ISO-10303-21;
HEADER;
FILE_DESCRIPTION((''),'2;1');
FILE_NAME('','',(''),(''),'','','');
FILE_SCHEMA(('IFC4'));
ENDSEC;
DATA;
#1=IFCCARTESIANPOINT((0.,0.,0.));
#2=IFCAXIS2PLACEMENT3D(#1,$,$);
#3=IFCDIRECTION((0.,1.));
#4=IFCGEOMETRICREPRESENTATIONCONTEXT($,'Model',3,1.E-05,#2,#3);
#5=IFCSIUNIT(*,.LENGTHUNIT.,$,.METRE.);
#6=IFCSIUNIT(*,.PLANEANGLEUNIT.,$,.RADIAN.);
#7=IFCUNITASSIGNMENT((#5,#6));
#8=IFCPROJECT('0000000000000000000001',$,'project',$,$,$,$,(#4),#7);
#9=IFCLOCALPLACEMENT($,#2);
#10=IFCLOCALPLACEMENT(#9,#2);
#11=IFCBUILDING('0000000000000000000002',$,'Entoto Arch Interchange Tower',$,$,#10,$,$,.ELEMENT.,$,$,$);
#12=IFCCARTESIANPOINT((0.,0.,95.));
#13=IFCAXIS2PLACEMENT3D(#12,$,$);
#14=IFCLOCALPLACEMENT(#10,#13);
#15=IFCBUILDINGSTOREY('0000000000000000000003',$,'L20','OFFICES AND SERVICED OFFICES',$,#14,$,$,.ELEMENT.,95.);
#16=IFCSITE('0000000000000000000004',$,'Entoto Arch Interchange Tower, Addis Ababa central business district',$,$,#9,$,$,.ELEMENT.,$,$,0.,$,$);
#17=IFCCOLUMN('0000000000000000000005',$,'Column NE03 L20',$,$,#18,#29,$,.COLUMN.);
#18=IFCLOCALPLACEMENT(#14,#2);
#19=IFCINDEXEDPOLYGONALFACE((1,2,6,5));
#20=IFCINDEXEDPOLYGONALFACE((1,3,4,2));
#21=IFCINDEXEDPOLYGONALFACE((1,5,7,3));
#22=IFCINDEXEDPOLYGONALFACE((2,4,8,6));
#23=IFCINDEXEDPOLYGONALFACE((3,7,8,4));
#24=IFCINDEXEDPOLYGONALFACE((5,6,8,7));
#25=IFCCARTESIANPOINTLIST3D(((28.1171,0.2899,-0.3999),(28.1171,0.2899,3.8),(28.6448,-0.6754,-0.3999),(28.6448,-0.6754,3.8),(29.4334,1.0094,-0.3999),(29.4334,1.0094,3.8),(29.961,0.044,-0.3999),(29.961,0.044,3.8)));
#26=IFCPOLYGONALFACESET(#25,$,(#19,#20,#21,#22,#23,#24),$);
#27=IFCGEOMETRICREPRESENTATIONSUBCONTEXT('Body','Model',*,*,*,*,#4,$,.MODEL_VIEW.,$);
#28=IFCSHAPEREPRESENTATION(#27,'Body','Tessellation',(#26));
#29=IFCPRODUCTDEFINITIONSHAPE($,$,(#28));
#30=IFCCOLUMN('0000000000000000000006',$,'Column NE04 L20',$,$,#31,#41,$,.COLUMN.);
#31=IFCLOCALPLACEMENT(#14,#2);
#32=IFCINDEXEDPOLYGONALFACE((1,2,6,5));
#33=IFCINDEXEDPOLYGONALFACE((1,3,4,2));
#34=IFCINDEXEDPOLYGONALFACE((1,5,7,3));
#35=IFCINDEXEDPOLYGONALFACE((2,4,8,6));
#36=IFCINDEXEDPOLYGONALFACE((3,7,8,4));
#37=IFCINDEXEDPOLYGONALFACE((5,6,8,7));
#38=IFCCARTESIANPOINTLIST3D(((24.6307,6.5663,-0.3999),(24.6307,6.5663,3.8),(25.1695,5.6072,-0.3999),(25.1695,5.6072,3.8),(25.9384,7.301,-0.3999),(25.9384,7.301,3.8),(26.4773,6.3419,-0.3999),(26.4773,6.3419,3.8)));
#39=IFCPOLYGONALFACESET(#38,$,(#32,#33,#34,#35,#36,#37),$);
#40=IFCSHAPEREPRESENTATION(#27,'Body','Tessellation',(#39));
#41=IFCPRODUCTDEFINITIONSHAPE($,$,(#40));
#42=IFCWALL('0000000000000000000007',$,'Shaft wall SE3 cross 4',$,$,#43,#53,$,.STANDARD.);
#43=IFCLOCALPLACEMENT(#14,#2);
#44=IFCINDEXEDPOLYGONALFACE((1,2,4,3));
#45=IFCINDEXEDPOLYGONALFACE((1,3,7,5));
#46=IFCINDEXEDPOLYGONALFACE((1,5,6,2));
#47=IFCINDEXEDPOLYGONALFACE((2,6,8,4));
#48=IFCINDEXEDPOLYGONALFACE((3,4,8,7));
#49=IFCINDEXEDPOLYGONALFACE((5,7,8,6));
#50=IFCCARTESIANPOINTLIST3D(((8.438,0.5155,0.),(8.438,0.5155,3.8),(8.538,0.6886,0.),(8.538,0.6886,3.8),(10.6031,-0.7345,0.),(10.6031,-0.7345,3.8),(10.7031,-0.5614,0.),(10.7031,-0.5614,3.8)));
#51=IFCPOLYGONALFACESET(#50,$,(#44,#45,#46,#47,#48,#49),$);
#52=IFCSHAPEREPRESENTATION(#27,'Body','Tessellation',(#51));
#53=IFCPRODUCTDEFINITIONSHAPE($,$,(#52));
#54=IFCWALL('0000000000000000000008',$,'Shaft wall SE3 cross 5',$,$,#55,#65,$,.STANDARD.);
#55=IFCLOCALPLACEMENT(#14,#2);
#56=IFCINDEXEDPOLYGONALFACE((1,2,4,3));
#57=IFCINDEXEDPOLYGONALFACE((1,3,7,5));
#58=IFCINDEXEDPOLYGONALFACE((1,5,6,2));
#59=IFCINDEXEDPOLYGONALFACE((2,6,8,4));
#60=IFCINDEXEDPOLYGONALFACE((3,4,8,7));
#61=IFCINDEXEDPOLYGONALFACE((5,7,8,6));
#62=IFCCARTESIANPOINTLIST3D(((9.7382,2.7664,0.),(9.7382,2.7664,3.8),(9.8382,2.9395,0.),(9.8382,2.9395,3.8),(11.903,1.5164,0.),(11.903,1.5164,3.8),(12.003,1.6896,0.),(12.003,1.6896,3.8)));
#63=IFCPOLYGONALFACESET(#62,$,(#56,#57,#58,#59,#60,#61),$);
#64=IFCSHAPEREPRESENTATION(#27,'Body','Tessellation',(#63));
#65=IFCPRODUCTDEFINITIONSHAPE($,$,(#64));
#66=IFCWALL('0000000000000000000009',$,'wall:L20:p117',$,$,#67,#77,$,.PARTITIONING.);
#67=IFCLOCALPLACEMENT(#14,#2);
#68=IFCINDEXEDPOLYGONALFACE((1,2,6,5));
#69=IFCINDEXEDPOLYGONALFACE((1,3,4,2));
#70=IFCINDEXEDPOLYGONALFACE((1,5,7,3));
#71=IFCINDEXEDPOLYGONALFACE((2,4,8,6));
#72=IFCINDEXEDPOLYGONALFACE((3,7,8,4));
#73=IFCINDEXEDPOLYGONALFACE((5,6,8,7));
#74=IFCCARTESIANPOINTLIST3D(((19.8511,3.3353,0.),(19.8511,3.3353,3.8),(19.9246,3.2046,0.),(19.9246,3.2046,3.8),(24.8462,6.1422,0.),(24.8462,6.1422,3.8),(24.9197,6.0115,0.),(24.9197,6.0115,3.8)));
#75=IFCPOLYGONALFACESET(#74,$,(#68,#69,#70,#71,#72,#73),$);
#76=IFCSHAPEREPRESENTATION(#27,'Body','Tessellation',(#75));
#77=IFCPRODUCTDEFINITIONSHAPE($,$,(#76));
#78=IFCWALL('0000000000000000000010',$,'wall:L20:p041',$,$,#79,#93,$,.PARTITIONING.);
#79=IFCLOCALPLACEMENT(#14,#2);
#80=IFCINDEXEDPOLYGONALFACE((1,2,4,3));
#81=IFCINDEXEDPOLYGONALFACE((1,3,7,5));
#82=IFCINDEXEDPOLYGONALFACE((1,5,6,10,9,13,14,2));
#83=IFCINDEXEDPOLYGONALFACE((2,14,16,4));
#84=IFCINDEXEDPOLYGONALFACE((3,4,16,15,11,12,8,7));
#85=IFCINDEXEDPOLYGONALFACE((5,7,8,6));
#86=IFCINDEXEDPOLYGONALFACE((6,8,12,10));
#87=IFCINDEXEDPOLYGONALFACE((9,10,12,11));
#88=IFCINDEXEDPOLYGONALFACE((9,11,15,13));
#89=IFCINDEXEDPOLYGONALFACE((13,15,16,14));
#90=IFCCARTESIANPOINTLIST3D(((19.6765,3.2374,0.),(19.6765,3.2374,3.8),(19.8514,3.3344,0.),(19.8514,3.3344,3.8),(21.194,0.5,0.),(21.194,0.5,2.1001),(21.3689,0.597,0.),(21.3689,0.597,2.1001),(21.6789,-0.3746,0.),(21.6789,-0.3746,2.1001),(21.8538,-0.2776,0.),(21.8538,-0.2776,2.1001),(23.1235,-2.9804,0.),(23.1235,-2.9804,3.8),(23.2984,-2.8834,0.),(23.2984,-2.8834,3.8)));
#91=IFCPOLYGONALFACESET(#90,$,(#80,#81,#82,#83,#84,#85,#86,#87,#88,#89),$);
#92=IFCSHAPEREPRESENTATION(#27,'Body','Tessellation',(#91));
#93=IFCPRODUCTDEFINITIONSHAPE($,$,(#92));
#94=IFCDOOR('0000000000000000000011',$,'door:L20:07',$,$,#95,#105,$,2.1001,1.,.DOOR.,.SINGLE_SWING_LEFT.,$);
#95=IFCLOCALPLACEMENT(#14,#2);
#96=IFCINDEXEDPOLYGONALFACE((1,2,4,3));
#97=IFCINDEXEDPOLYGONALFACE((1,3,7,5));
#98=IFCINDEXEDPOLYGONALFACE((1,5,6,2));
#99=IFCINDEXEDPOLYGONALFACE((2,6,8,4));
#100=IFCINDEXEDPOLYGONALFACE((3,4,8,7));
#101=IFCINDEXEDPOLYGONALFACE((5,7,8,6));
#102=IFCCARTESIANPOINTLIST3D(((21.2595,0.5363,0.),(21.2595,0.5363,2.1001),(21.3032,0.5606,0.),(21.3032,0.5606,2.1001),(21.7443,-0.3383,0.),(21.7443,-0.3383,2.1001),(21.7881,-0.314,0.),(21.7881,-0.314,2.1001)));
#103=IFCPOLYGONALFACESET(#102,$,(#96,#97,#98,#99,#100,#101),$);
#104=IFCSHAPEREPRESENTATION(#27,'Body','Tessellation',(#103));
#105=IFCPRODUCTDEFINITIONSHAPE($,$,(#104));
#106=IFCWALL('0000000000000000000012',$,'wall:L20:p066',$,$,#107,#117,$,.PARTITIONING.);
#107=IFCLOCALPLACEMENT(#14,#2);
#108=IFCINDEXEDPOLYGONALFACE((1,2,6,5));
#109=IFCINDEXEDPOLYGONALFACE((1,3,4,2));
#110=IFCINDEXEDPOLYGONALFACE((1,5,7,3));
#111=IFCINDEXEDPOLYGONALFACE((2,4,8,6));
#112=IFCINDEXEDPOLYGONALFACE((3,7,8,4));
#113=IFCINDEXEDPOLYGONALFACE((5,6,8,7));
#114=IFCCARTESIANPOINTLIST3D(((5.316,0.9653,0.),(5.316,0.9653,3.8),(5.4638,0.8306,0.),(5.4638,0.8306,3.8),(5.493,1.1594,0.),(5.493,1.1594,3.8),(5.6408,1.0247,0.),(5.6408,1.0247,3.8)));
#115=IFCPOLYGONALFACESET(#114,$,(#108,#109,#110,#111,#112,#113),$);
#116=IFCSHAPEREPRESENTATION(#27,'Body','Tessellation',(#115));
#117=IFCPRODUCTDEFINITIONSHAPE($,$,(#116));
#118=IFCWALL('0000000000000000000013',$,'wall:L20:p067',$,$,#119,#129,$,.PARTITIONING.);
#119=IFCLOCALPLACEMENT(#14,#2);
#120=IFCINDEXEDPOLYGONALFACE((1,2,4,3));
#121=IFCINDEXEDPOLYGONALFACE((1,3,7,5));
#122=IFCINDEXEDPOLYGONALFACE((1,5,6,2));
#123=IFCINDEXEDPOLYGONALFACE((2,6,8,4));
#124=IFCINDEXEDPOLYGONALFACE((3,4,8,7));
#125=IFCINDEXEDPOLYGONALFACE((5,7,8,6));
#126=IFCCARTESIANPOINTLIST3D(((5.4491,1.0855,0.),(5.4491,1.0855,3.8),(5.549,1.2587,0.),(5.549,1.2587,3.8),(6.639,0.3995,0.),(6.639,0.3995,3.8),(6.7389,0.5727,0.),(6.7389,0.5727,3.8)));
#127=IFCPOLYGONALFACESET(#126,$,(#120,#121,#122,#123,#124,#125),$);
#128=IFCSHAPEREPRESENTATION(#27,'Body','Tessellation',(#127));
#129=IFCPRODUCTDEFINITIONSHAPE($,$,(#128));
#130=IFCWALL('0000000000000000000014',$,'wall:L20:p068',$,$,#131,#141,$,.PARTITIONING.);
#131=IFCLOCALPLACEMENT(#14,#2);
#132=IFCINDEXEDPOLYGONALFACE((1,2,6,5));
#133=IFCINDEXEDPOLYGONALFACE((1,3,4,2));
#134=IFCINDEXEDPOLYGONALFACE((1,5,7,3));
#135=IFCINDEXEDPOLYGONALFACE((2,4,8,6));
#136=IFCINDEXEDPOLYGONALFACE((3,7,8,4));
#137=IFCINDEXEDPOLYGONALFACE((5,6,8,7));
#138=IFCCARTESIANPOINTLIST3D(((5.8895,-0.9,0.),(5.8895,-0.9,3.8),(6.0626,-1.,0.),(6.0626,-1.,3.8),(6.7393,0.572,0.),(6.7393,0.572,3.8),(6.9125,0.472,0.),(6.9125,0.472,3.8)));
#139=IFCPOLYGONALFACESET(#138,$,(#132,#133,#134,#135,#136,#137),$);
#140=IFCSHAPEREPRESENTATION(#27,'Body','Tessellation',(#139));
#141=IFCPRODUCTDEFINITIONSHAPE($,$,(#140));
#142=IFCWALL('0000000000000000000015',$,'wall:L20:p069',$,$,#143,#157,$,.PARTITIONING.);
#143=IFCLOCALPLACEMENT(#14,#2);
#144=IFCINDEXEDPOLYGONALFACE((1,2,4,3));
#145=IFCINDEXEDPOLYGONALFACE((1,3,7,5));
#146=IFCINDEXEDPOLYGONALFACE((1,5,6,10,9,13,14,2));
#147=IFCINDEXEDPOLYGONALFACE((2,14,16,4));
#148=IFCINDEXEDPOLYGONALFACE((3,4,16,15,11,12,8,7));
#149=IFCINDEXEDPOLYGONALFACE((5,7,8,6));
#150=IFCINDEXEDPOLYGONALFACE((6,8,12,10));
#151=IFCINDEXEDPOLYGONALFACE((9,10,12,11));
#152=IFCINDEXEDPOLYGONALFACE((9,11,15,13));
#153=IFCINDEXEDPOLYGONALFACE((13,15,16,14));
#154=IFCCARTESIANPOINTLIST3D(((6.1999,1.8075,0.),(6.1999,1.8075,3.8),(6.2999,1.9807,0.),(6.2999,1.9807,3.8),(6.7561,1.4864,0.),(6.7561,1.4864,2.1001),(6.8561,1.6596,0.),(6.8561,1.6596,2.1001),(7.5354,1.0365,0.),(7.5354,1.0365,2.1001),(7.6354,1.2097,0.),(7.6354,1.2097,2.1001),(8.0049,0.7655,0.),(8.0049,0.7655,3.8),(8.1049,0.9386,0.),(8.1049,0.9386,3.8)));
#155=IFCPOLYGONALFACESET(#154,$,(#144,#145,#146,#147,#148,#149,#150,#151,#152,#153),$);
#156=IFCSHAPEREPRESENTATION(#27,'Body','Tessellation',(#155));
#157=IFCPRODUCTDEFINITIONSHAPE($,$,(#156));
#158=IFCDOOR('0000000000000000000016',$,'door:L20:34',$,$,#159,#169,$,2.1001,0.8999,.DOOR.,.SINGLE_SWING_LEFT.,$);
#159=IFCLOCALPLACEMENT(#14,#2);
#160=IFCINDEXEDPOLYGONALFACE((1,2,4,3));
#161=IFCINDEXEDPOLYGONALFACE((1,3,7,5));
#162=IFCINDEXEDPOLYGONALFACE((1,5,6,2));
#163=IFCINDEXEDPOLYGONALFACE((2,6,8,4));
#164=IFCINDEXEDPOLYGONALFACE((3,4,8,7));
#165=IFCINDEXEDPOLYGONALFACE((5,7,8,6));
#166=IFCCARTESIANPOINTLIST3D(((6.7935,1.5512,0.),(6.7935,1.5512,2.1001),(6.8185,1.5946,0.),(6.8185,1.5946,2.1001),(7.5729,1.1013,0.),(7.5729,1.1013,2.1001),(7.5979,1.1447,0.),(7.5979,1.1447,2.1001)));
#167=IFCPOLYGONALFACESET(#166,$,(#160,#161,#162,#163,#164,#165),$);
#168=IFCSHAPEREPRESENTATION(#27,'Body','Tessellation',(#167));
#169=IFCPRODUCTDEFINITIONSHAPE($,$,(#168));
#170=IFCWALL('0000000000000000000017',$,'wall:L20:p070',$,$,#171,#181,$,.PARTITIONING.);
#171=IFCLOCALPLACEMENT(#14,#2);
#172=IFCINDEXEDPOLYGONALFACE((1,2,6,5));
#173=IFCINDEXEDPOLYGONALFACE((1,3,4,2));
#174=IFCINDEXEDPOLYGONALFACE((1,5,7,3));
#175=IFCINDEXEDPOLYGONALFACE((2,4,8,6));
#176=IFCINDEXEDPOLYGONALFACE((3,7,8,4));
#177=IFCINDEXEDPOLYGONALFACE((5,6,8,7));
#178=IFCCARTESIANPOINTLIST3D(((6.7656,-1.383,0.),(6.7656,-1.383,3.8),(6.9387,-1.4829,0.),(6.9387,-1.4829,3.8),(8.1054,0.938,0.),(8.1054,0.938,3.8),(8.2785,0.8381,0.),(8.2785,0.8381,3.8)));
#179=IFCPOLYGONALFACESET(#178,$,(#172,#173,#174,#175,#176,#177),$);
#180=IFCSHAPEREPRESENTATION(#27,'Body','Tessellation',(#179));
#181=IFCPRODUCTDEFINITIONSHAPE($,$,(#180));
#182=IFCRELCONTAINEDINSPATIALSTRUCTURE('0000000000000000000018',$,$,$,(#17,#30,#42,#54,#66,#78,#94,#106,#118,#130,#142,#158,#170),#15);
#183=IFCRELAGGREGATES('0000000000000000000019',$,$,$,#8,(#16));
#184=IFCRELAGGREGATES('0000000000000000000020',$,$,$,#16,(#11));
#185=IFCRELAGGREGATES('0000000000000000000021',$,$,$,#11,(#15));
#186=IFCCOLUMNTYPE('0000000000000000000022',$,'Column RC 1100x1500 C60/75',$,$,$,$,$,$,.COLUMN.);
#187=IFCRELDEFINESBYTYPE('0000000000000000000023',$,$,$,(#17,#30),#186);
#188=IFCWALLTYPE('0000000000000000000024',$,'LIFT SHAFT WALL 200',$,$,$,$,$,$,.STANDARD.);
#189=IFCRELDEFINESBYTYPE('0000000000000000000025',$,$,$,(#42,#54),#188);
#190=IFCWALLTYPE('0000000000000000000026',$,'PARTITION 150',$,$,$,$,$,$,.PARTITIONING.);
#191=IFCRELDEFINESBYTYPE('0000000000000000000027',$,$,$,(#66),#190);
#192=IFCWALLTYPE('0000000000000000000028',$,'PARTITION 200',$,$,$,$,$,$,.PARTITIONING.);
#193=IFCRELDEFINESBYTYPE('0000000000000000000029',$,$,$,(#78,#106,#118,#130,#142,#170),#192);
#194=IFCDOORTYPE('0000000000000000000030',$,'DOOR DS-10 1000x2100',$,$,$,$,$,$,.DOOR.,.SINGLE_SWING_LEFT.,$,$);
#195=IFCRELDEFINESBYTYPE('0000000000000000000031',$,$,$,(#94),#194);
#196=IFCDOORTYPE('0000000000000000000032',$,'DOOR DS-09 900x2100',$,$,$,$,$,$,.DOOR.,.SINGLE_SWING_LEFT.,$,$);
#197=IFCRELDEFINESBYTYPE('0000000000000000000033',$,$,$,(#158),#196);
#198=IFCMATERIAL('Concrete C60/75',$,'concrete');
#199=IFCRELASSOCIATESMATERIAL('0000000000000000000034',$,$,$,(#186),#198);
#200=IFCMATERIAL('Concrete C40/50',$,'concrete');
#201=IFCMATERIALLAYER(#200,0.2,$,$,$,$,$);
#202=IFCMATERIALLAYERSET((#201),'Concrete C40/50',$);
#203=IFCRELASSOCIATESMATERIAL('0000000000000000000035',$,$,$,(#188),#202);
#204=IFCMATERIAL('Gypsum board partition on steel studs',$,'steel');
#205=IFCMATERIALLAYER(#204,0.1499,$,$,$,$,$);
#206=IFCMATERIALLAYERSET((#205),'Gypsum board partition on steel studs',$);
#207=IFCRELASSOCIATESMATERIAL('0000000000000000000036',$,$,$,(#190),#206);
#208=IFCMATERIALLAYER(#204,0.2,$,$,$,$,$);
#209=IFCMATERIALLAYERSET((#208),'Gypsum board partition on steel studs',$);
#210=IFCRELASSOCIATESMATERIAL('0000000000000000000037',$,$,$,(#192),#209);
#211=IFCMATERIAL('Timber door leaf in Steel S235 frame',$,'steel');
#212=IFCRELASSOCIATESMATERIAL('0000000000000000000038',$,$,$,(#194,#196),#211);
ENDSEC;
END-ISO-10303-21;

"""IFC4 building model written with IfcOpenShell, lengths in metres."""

from ifc_helpers import new_model, si_unit, direction, frame, frame_2d, origin, origin_2d, place, context, subcontext, project, spatial, rectangle, extrude, material, layer, layer_set, material_profile, profile_set, type_object, element, fill, save


model = new_model("IFC4")

# Units and contexts
model_context = context("Model", 3, precision=1e-05, world=origin(), true_north=direction((0.0, 1.0)))
body_context = subcontext(model_context, "Body", "Model", "MODEL_VIEW")
ifc_project = project(units=[si_unit("LENGTHUNIT", "METRE"), si_unit("PLANEANGLEUNIT", "RADIAN")], contexts=[model_context])

# Site, building, storey
site_placement = place(None, origin())
site = spatial("IfcSite", under=ifc_project, at=site_placement, Name="Entoto Arch Interchange Tower, Addis Ababa central business district", CompositionType="ELEMENT", RefElevation=0.0)
building_placement = place(site_placement, origin())
building = spatial("IfcBuilding", under=site, at=building_placement, Name="Entoto Arch Interchange Tower", CompositionType="ELEMENT")
storey_placement = place(building_placement, frame((0.0, 0.0, 95.0)))
storey = spatial("IfcBuildingStorey", under=building, at=storey_placement, Name="L20", Description="OFFICES AND SERVICED OFFICES", CompositionType="ELEMENT", Elevation=95.0)

# Columns
ifc_material_1 = material(Name="Concrete C60/75", Category="concrete")
ifc_material_profile = material_profile(ifc_material_1, rectangle(XDim=1.1001, YDim=1.5, at=origin_2d()))
ifc_profile_set = profile_set([ifc_material_profile], Name="Concrete C60/75")
column_type = type_object("IfcColumnType", Name="Column RC 1100x1500 C60/75", PredefinedType="COLUMN", material=ifc_profile_set)
for number, where, z_axis, x_axis, name in (
    (1, (29.0391, 0.167, -0.3999), (0.0, 0.0, 1.0), (-0.479611, 0.877481, 0.0), "Column NE03 L20"),
    (2, (25.554, 6.4541, -0.3999), (0.0, 0.0, 1.0), (-0.489839, 0.871813, 0.0), "Column NE04 L20"),
):
    element("IfcColumn", number, at=place(storey_placement, frame(where, z_axis=z_axis, x_axis=x_axis)), inside=storey, type_object=column_type, Name=name, PredefinedType="COLUMN", context=body_context, shape_type="SweptSolid", body=[
        extrude(rectangle(XDim=1.1001, YDim=1.5, at=origin_2d()), origin(), (0.0, 0.0, 1.0), 4.2),
    ])

# Walls
ifc_material_2 = material(Name="Concrete C40/50", Category="concrete")
ifc_layer_1 = layer(ifc_material_2, 0.2)
ifc_layer_set_1 = layer_set([ifc_layer_1], Name="Concrete C40/50")
wall_type_1 = type_object("IfcWallType", Name="LIFT SHAFT WALL 200", PredefinedType="STANDARD", material=ifc_layer_set_1)
wall_1_placement = place(storey_placement, frame((8.488, 0.6021, 0.0), z_axis=(0.0, 0.0, 1.0), x_axis=(0.866023, -0.500004, 0.0)))
element("IfcWall", 3, at=wall_1_placement, inside=storey, type_object=wall_type_1, Name="Shaft wall SE3 cross 4", PredefinedType="STANDARD", context=body_context, shape_type="SweptSolid", body=[
    extrude(rectangle(XDim=2.5, YDim=0.2, at=frame_2d((1.25, 0.0))), origin(), (0.0, 0.0, 1.0), 3.8),
])
wall_2_placement = place(storey_placement, frame((9.7881, 2.853, 0.0), z_axis=(0.0, 0.0, 1.0), x_axis=(0.865999, -0.500047, 0.0)))
element("IfcWall", 4, at=wall_2_placement, inside=storey, type_object=wall_type_1, Name="Shaft wall SE3 cross 5", PredefinedType="STANDARD", context=body_context, shape_type="SweptSolid", body=[
    extrude(rectangle(XDim=2.4998, YDim=0.2, at=frame_2d((1.25, 0.0))), origin(), (0.0, 0.0, 1.0), 3.8),
])
ifc_material_3 = material(Name="Gypsum board partition on steel studs", Category="steel")
ifc_layer_2 = layer(ifc_material_3, 0.1499)
ifc_layer_set_2 = layer_set([ifc_layer_2], Name="Gypsum board partition on steel studs")
wall_type_2 = type_object("IfcWallType", Name="PARTITION 150", PredefinedType="PARTITIONING", material=ifc_layer_set_2)
wall_3_placement = place(storey_placement, frame((19.8879, 3.27, 0.0), z_axis=(0.0, 0.0, 1.0), x_axis=(0.871789, 0.489881, 0.0)))
element("IfcWall", 5, at=wall_3_placement, inside=storey, type_object=wall_type_2, Name="wall:L20:p117", PredefinedType="PARTITIONING", context=body_context, shape_type="SweptSolid", body=[
    extrude(rectangle(XDim=5.7297, YDim=0.1499, at=frame_2d((2.8647, 0.0))), origin(), (0.0, 0.0, 1.0), 3.8),
])

# Wall, opening, door
ifc_layer_3 = layer(ifc_material_3, 0.2)
ifc_layer_set_3 = layer_set([ifc_layer_3], Name="Gypsum board partition on steel studs")
wall_type_3 = type_object("IfcWallType", Name="PARTITION 200", PredefinedType="PARTITIONING", material=ifc_layer_set_3)
wall_4_placement = place(storey_placement, frame((19.7639, 3.2859, 0.0), z_axis=(0.0, 0.0, 1.0), x_axis=(0.484858, -0.874593, 0.0)))
wall_4 = element("IfcWall", 6, at=wall_4_placement, inside=storey, type_object=wall_type_3, Name="wall:L20:p041", PredefinedType="PARTITIONING", context=body_context, shape_type="SweptSolid", body=[
    extrude(rectangle(XDim=7.1094, YDim=0.2, at=frame_2d((3.5547, 0.0))), origin(), (0.0, 0.0, 1.0), 3.8),
])
opening_1_placement = place(wall_4_placement, frame((3.1299, 0.0, 0.0)))
opening_1 = element("IfcOpeningElement", 7, at=opening_1_placement, cuts=wall_4, PredefinedType="OPENING", context=body_context, shape_type="SweptSolid", body=[
    extrude(rectangle(XDim=1.0, YDim=2.1001, at=frame_2d((0.5, 1.05))), frame((0.0, 0.1099, 0.0), z_axis=(0.0, -1.0, 0.0), x_axis=(1.0, 0.0, 0.0)), (0.0, 0.0, 1.0), 0.22),
])
ifc_material_4 = material(Name="Timber door leaf in Steel S235 frame", Category="steel")
door_type_1 = type_object("IfcDoorType", Name="DOOR DS-10 1000x2100", OperationType="SINGLE_SWING_LEFT", PredefinedType="DOOR", material=ifc_material_4)
door_1_placement = place(opening_1_placement, origin())
door_1 = element("IfcDoor", 8, at=door_1_placement, inside=storey, type_object=door_type_1, Name="door:L20:07", OperationType="SINGLE_SWING_LEFT", OverallHeight=2.1001, OverallWidth=1.0, PredefinedType="DOOR", context=body_context, shape_type="SweptSolid", body=[
    extrude(rectangle(XDim=1.0, YDim=2.1001, at=frame_2d((0.5, 1.05))), frame((0.0, 0.0249, 0.0), z_axis=(0.0, -1.0, 0.0), x_axis=(1.0, 0.0, 0.0)), (0.0, 0.0, 1.0), 0.05),
])
fill(opening_1, door_1)

# Walls
wall_5_placement = place(storey_placement, frame((5.3899, 0.8979, 0.0), z_axis=(0.0, 0.0, 1.0), x_axis=(0.673828, 0.738888, 0.0)))
element("IfcWall", 9, at=wall_5_placement, inside=storey, type_object=wall_type_3, Name="wall:L20:p066", PredefinedType="PARTITIONING", context=body_context, shape_type="SweptSolid", body=[
    extrude(rectangle(XDim=0.2627, YDim=0.2, at=frame_2d((0.1313, 0.0))), origin(), (0.0, 0.0, 1.0), 3.8),
])
wall_6_placement = place(storey_placement, frame((5.499, 1.1721, 0.0), z_axis=(0.0, 0.0, 1.0), x_axis=(0.866334, -0.499466, 0.0)))
element("IfcWall", 10, at=wall_6_placement, inside=storey, type_object=wall_type_3, Name="wall:L20:p067", PredefinedType="PARTITIONING", context=body_context, shape_type="SweptSolid", body=[
    extrude(rectangle(XDim=1.3735, YDim=0.2, at=frame_2d((0.6868, 0.0))), origin(), (0.0, 0.0, 1.0), 3.8),
])
wall_7_placement = place(storey_placement, frame((6.8259, 0.522, 0.0), z_axis=(0.0, 0.0, 1.0), x_axis=(-0.500017, -0.866016, 0.0)))
element("IfcWall", 11, at=wall_7_placement, inside=storey, type_object=wall_type_3, Name="wall:L20:p068", PredefinedType="PARTITIONING", context=body_context, shape_type="SweptSolid", body=[
    extrude(rectangle(XDim=1.6997, YDim=0.2, at=frame_2d((0.8499, 0.0))), origin(), (0.0, 0.0, 1.0), 3.8),
])

# Wall, opening, door
wall_8_placement = place(storey_placement, frame((6.25, 1.894, 0.0), z_axis=(0.0, 0.0, 1.0), x_axis=(0.866043, -0.499969, 0.0)))
wall_8 = element("IfcWall", 12, at=wall_8_placement, inside=storey, type_object=wall_type_3, Name="wall:L20:p069", PredefinedType="PARTITIONING", context=body_context, shape_type="SweptSolid", body=[
    extrude(rectangle(XDim=2.0842, YDim=0.2, at=frame_2d((1.042, 0.0))), origin(), (0.0, 0.0, 1.0), 3.8),
])
opening_2_placement = place(wall_8_placement, frame((0.6421, 0.0, 0.0)))
opening_2 = element("IfcOpeningElement", 13, at=opening_2_placement, cuts=wall_8, PredefinedType="OPENING", context=body_context, shape_type="SweptSolid", body=[
    extrude(rectangle(XDim=0.8999, YDim=2.1001, at=frame_2d((0.45, 1.05))), frame((0.0, 0.1099, 0.0), z_axis=(0.0, -1.0, 0.0), x_axis=(1.0, 0.0, 0.0)), (0.0, 0.0, 1.0), 0.22),
])
door_type_2 = type_object("IfcDoorType", Name="DOOR DS-09 900x2100", OperationType="SINGLE_SWING_LEFT", PredefinedType="DOOR", material=ifc_material_4)
door_2_placement = place(opening_2_placement, origin())
door_2 = element("IfcDoor", 14, at=door_2_placement, inside=storey, type_object=door_type_2, Name="door:L20:34", OperationType="SINGLE_SWING_LEFT", OverallHeight=2.1001, OverallWidth=0.8999, PredefinedType="DOOR", context=body_context, shape_type="SweptSolid", body=[
    extrude(rectangle(XDim=0.8999, YDim=2.1001, at=frame_2d((0.45, 1.05))), frame((0.0, 0.0249, 0.0), z_axis=(0.0, -1.0, 0.0), x_axis=(1.0, 0.0, 0.0)), (0.0, 0.0, 1.0), 0.05),
])
fill(opening_2, door_2)

# Wall
wall_9_placement = place(storey_placement, frame((8.1919, 0.8879, 0.0), z_axis=(0.0, 0.0, 1.0), x_axis=(-0.499941, -0.86606, 0.0)))
element("IfcWall", 15, at=wall_9_placement, inside=storey, type_object=wall_type_3, Name="wall:L20:p070", PredefinedType="PARTITIONING", context=body_context, shape_type="SweptSolid", body=[
    extrude(rectangle(XDim=2.6799, YDim=0.2, at=frame_2d((1.3398, 0.0))), origin(), (0.0, 0.0, 1.0), 3.8),
])

save(model, "model.ifc")
